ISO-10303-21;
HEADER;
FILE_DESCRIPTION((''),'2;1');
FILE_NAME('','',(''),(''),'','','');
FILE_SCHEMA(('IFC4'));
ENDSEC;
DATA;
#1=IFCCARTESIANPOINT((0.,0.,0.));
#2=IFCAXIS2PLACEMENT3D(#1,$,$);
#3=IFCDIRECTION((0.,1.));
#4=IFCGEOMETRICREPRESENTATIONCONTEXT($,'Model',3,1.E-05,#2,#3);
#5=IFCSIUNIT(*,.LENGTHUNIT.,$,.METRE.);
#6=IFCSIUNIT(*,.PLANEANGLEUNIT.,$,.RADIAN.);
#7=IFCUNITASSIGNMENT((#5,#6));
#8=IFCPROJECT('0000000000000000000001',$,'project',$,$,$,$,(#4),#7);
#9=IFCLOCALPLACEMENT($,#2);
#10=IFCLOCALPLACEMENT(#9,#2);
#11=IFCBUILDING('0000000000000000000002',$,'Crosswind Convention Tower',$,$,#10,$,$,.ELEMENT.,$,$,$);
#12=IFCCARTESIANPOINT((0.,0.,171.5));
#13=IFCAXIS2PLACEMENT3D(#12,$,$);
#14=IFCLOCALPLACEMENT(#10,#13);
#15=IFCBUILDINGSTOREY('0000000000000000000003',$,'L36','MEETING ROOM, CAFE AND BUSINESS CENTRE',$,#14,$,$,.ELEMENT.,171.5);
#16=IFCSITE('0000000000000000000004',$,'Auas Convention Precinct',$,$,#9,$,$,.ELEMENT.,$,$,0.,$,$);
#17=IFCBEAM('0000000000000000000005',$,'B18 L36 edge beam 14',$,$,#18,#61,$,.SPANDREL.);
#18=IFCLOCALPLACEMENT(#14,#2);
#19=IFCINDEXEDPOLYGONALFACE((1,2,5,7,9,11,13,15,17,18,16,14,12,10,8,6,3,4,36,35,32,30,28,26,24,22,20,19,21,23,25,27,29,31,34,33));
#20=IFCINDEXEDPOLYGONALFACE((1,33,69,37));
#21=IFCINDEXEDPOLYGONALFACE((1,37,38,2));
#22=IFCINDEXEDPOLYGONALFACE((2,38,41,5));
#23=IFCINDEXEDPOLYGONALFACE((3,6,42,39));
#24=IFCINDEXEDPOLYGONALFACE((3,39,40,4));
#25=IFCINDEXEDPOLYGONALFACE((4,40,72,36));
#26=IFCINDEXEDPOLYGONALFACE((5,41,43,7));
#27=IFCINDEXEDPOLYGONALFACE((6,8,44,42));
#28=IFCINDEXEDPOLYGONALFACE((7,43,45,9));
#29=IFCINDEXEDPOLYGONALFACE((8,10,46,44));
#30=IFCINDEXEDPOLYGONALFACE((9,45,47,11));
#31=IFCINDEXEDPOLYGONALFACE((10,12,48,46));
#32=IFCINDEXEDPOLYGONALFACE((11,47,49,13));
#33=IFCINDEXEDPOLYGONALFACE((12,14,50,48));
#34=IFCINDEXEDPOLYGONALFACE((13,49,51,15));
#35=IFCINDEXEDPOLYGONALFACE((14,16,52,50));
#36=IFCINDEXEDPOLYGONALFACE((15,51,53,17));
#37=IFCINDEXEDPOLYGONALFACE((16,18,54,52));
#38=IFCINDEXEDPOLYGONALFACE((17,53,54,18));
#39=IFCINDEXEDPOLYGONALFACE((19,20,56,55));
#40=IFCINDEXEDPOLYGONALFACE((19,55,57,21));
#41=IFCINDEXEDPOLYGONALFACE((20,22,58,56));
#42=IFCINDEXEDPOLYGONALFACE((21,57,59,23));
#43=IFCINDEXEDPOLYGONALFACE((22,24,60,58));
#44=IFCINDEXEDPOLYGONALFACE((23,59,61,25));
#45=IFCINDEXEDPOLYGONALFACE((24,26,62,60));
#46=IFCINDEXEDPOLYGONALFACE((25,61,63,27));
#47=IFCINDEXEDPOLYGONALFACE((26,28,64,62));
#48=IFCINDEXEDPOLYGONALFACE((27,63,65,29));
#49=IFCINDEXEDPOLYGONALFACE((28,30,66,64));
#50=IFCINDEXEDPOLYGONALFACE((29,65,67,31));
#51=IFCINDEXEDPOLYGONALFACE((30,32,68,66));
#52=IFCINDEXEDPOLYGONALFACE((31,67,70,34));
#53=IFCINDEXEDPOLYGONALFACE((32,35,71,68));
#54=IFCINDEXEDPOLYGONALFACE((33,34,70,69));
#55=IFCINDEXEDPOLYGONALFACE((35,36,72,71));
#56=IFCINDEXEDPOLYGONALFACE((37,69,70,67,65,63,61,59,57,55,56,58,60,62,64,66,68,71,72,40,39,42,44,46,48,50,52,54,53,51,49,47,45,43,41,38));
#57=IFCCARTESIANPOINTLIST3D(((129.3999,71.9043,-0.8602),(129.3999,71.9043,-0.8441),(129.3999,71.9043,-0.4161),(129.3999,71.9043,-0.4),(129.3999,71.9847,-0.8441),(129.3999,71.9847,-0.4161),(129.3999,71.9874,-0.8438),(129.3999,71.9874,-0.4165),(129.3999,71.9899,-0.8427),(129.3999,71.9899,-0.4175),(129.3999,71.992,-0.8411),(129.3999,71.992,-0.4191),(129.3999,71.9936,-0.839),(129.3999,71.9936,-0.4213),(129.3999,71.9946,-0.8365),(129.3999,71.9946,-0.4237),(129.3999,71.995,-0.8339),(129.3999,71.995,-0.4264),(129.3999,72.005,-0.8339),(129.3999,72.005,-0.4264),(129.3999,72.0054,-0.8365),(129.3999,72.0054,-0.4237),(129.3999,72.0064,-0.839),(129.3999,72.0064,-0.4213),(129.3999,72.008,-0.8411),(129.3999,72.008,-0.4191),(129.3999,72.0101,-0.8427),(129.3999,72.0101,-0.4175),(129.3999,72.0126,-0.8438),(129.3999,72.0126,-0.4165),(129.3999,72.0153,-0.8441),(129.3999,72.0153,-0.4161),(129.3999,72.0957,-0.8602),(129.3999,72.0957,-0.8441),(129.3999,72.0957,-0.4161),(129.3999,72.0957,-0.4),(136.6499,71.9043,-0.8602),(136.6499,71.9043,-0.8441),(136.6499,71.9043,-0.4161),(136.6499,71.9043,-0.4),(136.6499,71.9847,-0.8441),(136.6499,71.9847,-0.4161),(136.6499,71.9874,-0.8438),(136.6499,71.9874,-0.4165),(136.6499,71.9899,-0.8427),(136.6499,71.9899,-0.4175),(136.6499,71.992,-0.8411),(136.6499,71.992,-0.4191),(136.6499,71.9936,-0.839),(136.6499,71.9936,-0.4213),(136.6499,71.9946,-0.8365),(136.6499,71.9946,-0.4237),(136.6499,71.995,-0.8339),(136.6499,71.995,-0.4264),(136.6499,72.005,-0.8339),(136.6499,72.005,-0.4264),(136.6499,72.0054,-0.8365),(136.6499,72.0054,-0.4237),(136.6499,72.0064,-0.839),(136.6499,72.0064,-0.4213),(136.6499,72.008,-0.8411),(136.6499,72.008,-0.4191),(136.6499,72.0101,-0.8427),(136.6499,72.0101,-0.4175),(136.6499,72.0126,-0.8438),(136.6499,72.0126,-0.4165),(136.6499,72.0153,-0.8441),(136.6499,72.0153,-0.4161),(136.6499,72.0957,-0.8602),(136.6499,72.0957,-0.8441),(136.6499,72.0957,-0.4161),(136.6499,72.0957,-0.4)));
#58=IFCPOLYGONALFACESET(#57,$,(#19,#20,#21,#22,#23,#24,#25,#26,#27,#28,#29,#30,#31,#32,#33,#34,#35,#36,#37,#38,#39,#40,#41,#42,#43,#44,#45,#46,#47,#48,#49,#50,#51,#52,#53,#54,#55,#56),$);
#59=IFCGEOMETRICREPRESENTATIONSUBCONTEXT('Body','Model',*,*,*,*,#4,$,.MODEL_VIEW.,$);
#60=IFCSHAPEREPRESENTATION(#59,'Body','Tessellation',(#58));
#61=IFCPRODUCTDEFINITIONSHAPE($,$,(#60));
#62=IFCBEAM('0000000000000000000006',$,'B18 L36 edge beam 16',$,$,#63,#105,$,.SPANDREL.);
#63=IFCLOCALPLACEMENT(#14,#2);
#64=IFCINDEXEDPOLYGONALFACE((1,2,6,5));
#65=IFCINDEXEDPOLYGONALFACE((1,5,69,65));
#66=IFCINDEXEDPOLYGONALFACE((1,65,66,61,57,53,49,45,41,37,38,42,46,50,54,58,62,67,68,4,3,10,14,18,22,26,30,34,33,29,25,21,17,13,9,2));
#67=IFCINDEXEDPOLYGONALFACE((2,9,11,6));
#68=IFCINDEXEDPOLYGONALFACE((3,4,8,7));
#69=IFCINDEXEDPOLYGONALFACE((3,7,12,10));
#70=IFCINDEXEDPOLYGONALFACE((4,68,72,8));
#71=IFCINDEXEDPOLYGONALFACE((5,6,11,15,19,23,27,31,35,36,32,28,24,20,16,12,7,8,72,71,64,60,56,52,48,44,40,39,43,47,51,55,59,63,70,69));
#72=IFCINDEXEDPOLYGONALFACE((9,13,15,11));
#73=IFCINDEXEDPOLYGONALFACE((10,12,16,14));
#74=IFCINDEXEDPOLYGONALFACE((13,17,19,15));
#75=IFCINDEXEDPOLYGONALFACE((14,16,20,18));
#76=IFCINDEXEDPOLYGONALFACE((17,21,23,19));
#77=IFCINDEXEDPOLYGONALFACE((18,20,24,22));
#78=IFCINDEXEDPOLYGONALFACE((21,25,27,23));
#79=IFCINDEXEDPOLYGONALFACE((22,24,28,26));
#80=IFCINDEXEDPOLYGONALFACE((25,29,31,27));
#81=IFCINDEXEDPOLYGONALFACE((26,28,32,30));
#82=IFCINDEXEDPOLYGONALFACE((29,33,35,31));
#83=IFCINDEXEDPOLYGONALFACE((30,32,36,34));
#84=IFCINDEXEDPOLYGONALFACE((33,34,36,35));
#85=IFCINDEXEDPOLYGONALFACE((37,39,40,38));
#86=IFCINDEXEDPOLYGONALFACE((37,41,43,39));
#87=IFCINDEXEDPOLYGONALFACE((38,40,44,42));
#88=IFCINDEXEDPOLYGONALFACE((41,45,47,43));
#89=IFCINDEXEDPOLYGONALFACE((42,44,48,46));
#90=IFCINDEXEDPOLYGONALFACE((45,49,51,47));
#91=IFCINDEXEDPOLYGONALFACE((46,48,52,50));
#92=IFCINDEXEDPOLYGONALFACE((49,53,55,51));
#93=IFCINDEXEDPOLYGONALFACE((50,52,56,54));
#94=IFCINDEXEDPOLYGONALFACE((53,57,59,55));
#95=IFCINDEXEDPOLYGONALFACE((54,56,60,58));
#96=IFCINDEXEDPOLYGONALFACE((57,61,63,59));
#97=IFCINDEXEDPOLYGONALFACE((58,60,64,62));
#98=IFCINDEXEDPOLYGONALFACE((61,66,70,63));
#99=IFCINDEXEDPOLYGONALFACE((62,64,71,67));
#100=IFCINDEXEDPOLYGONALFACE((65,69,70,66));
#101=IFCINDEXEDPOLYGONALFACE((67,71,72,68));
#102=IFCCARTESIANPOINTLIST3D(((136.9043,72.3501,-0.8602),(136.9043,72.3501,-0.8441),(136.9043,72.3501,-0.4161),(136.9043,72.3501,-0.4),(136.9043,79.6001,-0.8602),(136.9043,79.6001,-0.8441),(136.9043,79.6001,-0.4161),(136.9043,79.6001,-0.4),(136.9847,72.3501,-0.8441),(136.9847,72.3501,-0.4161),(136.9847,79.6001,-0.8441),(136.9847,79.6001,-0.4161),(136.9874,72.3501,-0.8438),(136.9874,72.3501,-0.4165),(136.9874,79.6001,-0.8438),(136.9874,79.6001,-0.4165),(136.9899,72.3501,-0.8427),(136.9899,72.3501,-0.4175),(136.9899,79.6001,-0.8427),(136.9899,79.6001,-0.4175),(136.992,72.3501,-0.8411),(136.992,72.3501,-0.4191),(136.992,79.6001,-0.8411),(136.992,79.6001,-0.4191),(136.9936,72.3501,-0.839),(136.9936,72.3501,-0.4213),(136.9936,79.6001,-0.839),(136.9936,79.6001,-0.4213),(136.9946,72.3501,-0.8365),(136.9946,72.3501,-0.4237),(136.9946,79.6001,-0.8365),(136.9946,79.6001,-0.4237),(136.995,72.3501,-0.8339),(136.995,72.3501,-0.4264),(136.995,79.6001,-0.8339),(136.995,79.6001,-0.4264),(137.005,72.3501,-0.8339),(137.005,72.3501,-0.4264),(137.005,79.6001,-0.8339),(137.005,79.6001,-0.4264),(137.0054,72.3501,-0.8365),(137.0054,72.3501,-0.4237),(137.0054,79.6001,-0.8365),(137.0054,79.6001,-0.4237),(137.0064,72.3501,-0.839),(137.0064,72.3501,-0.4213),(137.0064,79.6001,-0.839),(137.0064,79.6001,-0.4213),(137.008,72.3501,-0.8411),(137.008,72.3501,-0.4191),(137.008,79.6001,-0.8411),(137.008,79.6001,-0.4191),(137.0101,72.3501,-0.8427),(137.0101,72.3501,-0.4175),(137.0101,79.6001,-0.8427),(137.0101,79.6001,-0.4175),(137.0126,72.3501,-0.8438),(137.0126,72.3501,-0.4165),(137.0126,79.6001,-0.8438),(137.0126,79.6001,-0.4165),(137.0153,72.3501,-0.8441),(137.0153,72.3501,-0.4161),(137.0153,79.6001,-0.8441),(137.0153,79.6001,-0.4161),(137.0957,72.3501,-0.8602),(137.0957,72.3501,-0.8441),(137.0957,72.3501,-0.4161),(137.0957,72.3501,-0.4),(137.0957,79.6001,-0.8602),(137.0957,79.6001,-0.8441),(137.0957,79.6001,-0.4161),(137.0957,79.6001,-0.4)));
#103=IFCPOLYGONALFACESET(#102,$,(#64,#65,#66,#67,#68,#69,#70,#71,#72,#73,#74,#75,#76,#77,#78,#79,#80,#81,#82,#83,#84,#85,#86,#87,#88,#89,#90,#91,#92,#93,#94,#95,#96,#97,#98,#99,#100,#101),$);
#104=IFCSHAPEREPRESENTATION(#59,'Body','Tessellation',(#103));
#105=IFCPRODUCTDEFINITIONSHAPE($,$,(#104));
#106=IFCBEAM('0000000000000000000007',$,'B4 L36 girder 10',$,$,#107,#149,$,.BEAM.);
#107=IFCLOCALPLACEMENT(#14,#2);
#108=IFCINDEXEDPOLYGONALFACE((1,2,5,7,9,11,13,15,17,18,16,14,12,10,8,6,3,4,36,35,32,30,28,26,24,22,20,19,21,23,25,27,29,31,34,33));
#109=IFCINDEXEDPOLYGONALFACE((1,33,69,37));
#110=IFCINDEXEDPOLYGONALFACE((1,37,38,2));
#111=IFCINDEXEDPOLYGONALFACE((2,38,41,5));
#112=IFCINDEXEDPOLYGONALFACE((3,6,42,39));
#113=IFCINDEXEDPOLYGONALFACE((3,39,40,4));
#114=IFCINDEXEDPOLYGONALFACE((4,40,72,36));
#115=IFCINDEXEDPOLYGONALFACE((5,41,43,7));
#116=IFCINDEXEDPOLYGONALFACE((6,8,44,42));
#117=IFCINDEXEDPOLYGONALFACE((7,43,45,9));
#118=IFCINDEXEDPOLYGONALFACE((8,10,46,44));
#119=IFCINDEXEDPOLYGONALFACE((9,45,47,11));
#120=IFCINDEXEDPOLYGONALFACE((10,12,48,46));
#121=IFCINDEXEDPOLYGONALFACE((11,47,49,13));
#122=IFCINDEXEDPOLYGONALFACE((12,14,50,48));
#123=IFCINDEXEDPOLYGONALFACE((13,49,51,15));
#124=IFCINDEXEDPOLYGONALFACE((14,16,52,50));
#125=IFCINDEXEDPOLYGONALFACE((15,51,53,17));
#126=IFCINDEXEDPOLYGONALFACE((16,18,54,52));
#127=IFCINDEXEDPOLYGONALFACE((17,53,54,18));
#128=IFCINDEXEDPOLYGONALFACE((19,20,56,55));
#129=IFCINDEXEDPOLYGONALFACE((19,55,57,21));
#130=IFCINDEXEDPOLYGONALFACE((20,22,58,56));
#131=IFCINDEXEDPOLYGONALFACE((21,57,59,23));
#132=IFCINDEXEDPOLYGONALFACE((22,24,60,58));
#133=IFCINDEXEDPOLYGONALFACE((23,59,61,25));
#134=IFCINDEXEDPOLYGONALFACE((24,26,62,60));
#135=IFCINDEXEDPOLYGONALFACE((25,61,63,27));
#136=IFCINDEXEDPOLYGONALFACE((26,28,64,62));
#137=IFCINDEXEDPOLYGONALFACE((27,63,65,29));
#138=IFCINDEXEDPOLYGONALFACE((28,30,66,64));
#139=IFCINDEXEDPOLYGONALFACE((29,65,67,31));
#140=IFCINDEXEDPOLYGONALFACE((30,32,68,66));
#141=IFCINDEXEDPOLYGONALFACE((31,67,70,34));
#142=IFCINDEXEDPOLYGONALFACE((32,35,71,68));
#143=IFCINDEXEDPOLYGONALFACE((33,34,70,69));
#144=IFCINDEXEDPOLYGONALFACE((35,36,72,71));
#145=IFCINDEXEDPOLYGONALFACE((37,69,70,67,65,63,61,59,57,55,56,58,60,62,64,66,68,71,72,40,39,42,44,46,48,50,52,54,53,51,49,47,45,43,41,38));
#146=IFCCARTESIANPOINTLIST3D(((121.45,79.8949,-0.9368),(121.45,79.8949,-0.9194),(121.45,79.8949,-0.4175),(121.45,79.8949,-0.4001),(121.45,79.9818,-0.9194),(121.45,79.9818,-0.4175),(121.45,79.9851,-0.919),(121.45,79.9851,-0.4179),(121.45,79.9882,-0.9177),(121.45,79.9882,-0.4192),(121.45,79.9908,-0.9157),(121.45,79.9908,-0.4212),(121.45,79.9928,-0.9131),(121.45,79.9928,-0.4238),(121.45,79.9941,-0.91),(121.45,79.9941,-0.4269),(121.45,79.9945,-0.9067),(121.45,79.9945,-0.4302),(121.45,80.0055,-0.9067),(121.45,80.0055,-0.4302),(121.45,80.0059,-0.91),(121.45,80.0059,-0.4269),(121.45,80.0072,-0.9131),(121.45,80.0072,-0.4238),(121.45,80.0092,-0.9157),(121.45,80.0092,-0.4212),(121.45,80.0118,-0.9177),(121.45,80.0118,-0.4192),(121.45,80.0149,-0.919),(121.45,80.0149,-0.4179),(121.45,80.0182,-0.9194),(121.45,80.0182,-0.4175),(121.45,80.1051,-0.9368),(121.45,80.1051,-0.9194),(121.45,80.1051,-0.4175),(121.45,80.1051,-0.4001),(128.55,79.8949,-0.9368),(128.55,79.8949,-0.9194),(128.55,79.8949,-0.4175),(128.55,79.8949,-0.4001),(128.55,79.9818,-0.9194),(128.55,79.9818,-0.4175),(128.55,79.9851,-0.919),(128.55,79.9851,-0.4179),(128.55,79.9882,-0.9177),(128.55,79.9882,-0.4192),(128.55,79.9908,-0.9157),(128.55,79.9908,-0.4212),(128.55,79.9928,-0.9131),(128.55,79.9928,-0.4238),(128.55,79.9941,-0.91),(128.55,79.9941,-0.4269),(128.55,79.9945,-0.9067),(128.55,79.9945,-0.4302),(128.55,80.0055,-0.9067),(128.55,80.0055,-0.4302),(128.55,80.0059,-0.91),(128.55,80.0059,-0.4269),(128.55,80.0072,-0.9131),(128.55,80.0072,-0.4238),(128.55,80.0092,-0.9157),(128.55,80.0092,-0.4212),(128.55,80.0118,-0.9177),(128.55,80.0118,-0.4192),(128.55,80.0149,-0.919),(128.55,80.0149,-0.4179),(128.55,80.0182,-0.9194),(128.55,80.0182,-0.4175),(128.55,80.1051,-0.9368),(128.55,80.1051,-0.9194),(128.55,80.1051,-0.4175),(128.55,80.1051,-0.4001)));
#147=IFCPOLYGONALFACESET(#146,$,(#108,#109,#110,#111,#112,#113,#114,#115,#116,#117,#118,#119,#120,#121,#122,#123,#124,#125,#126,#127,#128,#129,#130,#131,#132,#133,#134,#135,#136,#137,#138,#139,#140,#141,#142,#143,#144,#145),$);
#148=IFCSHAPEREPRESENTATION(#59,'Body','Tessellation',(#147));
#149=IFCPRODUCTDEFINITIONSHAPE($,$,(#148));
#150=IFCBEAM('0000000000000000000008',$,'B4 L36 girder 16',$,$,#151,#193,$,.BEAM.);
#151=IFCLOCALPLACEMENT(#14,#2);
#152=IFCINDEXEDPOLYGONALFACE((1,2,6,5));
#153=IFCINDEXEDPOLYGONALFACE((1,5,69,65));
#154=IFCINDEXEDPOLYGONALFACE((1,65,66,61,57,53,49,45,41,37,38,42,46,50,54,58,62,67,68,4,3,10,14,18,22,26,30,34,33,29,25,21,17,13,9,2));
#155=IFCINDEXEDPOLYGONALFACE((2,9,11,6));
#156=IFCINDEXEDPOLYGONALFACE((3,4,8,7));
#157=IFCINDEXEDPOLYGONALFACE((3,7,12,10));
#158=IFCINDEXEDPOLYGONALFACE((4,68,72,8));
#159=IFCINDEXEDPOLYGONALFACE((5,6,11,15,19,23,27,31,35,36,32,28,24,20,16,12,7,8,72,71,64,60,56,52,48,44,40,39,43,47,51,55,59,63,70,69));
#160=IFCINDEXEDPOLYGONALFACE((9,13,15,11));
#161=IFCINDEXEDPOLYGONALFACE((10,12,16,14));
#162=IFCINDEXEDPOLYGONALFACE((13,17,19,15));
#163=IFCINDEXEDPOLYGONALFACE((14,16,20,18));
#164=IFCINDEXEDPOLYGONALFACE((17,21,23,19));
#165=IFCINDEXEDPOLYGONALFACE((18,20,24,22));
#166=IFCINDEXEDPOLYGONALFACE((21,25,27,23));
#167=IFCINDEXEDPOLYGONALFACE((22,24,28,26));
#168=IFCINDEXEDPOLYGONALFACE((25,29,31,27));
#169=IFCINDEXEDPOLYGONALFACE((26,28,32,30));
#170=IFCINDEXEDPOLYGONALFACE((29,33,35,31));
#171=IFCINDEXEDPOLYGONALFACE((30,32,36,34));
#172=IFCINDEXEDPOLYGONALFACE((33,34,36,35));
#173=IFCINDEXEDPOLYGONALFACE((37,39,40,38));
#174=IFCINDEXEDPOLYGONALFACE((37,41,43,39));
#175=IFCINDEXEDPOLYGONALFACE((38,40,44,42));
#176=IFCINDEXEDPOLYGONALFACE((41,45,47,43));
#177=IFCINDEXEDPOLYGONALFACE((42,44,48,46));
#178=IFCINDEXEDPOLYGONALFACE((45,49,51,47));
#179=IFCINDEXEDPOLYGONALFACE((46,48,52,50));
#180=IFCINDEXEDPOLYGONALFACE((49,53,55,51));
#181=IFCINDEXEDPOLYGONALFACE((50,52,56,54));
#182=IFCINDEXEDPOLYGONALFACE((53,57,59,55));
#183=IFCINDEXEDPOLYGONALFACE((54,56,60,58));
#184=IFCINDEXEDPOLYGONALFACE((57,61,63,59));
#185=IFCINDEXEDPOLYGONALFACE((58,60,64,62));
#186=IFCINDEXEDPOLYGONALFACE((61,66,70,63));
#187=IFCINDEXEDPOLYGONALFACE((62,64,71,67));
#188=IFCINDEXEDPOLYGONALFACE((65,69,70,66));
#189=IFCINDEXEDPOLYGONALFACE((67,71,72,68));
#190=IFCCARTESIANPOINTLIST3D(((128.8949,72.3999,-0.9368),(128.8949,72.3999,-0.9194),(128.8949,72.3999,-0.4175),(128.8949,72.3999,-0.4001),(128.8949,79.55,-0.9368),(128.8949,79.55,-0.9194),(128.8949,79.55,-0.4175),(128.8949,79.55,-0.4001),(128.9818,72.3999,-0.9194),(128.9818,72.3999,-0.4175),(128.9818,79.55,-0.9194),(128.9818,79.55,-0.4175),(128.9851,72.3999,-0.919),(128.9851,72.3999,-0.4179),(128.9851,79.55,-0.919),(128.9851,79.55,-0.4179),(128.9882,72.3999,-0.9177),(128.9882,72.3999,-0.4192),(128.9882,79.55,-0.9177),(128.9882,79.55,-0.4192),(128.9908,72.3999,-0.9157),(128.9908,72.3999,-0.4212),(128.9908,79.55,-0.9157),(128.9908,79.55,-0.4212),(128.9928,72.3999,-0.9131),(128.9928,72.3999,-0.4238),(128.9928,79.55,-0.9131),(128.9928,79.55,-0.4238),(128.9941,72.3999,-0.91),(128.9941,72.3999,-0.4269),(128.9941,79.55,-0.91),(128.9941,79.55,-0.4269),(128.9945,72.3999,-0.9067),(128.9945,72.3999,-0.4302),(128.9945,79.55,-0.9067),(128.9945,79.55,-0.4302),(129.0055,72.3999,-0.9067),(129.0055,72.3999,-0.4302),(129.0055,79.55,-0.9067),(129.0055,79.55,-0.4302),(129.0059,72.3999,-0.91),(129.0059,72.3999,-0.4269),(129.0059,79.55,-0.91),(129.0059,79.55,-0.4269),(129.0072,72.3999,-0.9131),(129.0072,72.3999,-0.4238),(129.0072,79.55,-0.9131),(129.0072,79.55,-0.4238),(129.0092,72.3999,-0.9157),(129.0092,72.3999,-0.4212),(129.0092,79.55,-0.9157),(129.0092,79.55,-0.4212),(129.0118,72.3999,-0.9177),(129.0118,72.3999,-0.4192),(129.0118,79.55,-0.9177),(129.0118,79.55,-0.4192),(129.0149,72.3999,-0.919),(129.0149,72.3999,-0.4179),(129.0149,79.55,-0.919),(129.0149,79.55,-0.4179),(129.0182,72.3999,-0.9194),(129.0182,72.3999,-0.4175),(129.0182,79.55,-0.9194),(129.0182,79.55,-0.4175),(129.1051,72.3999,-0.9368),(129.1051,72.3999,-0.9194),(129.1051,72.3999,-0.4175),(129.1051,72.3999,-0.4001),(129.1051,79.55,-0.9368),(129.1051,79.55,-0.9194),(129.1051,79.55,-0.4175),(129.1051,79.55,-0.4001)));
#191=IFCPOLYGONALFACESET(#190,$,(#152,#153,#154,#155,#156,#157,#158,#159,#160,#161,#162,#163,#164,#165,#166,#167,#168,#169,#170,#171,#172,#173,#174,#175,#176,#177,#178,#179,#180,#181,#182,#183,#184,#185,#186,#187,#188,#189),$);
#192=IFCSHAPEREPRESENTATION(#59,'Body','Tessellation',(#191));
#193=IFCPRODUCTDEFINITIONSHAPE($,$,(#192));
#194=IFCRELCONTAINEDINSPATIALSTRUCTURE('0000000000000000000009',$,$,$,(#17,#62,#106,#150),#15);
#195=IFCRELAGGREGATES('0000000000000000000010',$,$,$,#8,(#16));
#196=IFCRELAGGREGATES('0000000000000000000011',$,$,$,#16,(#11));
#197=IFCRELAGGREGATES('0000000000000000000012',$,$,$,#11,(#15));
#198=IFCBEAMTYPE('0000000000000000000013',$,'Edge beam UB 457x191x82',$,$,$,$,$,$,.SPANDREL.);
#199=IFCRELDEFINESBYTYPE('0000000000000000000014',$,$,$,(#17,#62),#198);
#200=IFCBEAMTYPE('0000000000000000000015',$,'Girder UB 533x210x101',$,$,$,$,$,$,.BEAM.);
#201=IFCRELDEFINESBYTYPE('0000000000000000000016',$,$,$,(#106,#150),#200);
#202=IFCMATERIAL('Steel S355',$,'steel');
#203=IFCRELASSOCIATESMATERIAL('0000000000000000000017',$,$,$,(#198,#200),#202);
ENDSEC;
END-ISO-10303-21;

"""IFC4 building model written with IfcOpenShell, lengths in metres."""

from ifc_helpers import new_model, si_unit, direction, frame, origin, origin_2d, place, context, subcontext, project, spatial, i_section, extrude, material, material_profile, profile_set, type_object, element, save


model = new_model("IFC4")

# Units and contexts
model_context = context("Model", 3, precision=1e-05, world=origin(), true_north=direction((0.0, 1.0)))
body_context = subcontext(model_context, "Body", "Model", "MODEL_VIEW")
ifc_project = project(units=[si_unit("LENGTHUNIT", "METRE"), si_unit("PLANEANGLEUNIT", "RADIAN")], contexts=[model_context])

# Site, building, storey
site_placement = place(None, origin())
site = spatial("IfcSite", under=ifc_project, at=site_placement, Name="Auas Convention Precinct", CompositionType="ELEMENT", RefElevation=0.0)
building_placement = place(site_placement, origin())
building = spatial("IfcBuilding", under=site, at=building_placement, Name="Crosswind Convention Tower", CompositionType="ELEMENT")
storey_placement = place(building_placement, frame((0.0, 0.0, 171.5)))
storey = spatial("IfcBuildingStorey", under=building, at=storey_placement, Name="L36", Description="MEETING ROOM, CAFE AND BUSINESS CENTRE", CompositionType="ELEMENT", Elevation=171.5)

# Beams
ifc_material_1 = material(Name="Steel S355", Category="steel")
ifc_material_profile_1 = material_profile(ifc_material_1, i_section(OverallWidth=0.1914, OverallDepth=0.4602, WebThickness=0.01, FlangeThickness=0.0161, FilletRadius=0.0103, at=origin_2d()), Name="UB 457x191x82")
ifc_profile_set_1 = profile_set([ifc_material_profile_1], Name="Steel S355")
beam_type_1 = type_object("IfcBeamType", Name="Edge beam UB 457x191x82", PredefinedType="SPANDREL", material=ifc_profile_set_1)
for number, where, z_axis, x_axis, name in (
    (1, (129.3999, 72.0, -0.6301), (1.0, 0.0, 0.0), (0.0, 1.0, 0.0), "B18 L36 edge beam 14"),
    (2, (137.0, 72.3501, -0.6301), (0.0, 1.0, 0.0), (-1.0, 0.0, 0.0), "B18 L36 edge beam 16"),
):
    element("IfcBeam", number, at=place(storey_placement, frame(where, z_axis=z_axis, x_axis=x_axis)), inside=storey, type_object=beam_type_1, Name=name, PredefinedType="SPANDREL", context=body_context, shape_type="SweptSolid", body=[
        extrude(i_section(OverallWidth=0.1914, OverallDepth=0.4602, WebThickness=0.01, FlangeThickness=0.0161, FilletRadius=0.0103, at=origin_2d()), origin(), (0.0, 0.0, 1.0), 7.25),
    ])
ifc_material_profile_2 = material_profile(ifc_material_1, i_section(OverallWidth=0.2102, OverallDepth=0.5366, WebThickness=0.011, FlangeThickness=0.0173, FilletRadius=0.0127, at=origin_2d()), Name="UB 533x210x101")
ifc_profile_set_2 = profile_set([ifc_material_profile_2], Name="Steel S355")
beam_type_2 = type_object("IfcBeamType", Name="Girder UB 533x210x101", PredefinedType="BEAM", material=ifc_profile_set_2)
beam_1_placement = place(storey_placement, frame((121.45, 80.0, -0.6685), z_axis=(1.0, 0.0, 0.0), x_axis=(0.0, 1.0, 0.0)))
element("IfcBeam", 3, at=beam_1_placement, inside=storey, type_object=beam_type_2, Name="B4 L36 girder 10", PredefinedType="BEAM", context=body_context, shape_type="SweptSolid", body=[
    extrude(i_section(OverallWidth=0.2102, OverallDepth=0.5366, WebThickness=0.011, FlangeThickness=0.0173, FilletRadius=0.0127, at=origin_2d()), origin(), (0.0, 0.0, 1.0), 7.1001),
])
for number, where, z_axis, x_axis, name in (
    (4, (129.0, 72.3999, -0.6685), (0.0, 1.0, 0.0), (-1.0, 0.0, 0.0), "B4 L36 girder 16"),
):
    element("IfcBeam", number, at=place(storey_placement, frame(where, z_axis=z_axis, x_axis=x_axis)), inside=storey, type_object=beam_type_2, Name=name, PredefinedType="BEAM", context=body_context, shape_type="SweptSolid", body=[
        extrude(i_section(OverallWidth=0.2102, OverallDepth=0.5366, WebThickness=0.011, FlangeThickness=0.0173, FilletRadius=0.0127, at=origin_2d()), origin(), (0.0, 0.0, 1.0), 7.1501),
    ])

save(model, "model.ifc")
